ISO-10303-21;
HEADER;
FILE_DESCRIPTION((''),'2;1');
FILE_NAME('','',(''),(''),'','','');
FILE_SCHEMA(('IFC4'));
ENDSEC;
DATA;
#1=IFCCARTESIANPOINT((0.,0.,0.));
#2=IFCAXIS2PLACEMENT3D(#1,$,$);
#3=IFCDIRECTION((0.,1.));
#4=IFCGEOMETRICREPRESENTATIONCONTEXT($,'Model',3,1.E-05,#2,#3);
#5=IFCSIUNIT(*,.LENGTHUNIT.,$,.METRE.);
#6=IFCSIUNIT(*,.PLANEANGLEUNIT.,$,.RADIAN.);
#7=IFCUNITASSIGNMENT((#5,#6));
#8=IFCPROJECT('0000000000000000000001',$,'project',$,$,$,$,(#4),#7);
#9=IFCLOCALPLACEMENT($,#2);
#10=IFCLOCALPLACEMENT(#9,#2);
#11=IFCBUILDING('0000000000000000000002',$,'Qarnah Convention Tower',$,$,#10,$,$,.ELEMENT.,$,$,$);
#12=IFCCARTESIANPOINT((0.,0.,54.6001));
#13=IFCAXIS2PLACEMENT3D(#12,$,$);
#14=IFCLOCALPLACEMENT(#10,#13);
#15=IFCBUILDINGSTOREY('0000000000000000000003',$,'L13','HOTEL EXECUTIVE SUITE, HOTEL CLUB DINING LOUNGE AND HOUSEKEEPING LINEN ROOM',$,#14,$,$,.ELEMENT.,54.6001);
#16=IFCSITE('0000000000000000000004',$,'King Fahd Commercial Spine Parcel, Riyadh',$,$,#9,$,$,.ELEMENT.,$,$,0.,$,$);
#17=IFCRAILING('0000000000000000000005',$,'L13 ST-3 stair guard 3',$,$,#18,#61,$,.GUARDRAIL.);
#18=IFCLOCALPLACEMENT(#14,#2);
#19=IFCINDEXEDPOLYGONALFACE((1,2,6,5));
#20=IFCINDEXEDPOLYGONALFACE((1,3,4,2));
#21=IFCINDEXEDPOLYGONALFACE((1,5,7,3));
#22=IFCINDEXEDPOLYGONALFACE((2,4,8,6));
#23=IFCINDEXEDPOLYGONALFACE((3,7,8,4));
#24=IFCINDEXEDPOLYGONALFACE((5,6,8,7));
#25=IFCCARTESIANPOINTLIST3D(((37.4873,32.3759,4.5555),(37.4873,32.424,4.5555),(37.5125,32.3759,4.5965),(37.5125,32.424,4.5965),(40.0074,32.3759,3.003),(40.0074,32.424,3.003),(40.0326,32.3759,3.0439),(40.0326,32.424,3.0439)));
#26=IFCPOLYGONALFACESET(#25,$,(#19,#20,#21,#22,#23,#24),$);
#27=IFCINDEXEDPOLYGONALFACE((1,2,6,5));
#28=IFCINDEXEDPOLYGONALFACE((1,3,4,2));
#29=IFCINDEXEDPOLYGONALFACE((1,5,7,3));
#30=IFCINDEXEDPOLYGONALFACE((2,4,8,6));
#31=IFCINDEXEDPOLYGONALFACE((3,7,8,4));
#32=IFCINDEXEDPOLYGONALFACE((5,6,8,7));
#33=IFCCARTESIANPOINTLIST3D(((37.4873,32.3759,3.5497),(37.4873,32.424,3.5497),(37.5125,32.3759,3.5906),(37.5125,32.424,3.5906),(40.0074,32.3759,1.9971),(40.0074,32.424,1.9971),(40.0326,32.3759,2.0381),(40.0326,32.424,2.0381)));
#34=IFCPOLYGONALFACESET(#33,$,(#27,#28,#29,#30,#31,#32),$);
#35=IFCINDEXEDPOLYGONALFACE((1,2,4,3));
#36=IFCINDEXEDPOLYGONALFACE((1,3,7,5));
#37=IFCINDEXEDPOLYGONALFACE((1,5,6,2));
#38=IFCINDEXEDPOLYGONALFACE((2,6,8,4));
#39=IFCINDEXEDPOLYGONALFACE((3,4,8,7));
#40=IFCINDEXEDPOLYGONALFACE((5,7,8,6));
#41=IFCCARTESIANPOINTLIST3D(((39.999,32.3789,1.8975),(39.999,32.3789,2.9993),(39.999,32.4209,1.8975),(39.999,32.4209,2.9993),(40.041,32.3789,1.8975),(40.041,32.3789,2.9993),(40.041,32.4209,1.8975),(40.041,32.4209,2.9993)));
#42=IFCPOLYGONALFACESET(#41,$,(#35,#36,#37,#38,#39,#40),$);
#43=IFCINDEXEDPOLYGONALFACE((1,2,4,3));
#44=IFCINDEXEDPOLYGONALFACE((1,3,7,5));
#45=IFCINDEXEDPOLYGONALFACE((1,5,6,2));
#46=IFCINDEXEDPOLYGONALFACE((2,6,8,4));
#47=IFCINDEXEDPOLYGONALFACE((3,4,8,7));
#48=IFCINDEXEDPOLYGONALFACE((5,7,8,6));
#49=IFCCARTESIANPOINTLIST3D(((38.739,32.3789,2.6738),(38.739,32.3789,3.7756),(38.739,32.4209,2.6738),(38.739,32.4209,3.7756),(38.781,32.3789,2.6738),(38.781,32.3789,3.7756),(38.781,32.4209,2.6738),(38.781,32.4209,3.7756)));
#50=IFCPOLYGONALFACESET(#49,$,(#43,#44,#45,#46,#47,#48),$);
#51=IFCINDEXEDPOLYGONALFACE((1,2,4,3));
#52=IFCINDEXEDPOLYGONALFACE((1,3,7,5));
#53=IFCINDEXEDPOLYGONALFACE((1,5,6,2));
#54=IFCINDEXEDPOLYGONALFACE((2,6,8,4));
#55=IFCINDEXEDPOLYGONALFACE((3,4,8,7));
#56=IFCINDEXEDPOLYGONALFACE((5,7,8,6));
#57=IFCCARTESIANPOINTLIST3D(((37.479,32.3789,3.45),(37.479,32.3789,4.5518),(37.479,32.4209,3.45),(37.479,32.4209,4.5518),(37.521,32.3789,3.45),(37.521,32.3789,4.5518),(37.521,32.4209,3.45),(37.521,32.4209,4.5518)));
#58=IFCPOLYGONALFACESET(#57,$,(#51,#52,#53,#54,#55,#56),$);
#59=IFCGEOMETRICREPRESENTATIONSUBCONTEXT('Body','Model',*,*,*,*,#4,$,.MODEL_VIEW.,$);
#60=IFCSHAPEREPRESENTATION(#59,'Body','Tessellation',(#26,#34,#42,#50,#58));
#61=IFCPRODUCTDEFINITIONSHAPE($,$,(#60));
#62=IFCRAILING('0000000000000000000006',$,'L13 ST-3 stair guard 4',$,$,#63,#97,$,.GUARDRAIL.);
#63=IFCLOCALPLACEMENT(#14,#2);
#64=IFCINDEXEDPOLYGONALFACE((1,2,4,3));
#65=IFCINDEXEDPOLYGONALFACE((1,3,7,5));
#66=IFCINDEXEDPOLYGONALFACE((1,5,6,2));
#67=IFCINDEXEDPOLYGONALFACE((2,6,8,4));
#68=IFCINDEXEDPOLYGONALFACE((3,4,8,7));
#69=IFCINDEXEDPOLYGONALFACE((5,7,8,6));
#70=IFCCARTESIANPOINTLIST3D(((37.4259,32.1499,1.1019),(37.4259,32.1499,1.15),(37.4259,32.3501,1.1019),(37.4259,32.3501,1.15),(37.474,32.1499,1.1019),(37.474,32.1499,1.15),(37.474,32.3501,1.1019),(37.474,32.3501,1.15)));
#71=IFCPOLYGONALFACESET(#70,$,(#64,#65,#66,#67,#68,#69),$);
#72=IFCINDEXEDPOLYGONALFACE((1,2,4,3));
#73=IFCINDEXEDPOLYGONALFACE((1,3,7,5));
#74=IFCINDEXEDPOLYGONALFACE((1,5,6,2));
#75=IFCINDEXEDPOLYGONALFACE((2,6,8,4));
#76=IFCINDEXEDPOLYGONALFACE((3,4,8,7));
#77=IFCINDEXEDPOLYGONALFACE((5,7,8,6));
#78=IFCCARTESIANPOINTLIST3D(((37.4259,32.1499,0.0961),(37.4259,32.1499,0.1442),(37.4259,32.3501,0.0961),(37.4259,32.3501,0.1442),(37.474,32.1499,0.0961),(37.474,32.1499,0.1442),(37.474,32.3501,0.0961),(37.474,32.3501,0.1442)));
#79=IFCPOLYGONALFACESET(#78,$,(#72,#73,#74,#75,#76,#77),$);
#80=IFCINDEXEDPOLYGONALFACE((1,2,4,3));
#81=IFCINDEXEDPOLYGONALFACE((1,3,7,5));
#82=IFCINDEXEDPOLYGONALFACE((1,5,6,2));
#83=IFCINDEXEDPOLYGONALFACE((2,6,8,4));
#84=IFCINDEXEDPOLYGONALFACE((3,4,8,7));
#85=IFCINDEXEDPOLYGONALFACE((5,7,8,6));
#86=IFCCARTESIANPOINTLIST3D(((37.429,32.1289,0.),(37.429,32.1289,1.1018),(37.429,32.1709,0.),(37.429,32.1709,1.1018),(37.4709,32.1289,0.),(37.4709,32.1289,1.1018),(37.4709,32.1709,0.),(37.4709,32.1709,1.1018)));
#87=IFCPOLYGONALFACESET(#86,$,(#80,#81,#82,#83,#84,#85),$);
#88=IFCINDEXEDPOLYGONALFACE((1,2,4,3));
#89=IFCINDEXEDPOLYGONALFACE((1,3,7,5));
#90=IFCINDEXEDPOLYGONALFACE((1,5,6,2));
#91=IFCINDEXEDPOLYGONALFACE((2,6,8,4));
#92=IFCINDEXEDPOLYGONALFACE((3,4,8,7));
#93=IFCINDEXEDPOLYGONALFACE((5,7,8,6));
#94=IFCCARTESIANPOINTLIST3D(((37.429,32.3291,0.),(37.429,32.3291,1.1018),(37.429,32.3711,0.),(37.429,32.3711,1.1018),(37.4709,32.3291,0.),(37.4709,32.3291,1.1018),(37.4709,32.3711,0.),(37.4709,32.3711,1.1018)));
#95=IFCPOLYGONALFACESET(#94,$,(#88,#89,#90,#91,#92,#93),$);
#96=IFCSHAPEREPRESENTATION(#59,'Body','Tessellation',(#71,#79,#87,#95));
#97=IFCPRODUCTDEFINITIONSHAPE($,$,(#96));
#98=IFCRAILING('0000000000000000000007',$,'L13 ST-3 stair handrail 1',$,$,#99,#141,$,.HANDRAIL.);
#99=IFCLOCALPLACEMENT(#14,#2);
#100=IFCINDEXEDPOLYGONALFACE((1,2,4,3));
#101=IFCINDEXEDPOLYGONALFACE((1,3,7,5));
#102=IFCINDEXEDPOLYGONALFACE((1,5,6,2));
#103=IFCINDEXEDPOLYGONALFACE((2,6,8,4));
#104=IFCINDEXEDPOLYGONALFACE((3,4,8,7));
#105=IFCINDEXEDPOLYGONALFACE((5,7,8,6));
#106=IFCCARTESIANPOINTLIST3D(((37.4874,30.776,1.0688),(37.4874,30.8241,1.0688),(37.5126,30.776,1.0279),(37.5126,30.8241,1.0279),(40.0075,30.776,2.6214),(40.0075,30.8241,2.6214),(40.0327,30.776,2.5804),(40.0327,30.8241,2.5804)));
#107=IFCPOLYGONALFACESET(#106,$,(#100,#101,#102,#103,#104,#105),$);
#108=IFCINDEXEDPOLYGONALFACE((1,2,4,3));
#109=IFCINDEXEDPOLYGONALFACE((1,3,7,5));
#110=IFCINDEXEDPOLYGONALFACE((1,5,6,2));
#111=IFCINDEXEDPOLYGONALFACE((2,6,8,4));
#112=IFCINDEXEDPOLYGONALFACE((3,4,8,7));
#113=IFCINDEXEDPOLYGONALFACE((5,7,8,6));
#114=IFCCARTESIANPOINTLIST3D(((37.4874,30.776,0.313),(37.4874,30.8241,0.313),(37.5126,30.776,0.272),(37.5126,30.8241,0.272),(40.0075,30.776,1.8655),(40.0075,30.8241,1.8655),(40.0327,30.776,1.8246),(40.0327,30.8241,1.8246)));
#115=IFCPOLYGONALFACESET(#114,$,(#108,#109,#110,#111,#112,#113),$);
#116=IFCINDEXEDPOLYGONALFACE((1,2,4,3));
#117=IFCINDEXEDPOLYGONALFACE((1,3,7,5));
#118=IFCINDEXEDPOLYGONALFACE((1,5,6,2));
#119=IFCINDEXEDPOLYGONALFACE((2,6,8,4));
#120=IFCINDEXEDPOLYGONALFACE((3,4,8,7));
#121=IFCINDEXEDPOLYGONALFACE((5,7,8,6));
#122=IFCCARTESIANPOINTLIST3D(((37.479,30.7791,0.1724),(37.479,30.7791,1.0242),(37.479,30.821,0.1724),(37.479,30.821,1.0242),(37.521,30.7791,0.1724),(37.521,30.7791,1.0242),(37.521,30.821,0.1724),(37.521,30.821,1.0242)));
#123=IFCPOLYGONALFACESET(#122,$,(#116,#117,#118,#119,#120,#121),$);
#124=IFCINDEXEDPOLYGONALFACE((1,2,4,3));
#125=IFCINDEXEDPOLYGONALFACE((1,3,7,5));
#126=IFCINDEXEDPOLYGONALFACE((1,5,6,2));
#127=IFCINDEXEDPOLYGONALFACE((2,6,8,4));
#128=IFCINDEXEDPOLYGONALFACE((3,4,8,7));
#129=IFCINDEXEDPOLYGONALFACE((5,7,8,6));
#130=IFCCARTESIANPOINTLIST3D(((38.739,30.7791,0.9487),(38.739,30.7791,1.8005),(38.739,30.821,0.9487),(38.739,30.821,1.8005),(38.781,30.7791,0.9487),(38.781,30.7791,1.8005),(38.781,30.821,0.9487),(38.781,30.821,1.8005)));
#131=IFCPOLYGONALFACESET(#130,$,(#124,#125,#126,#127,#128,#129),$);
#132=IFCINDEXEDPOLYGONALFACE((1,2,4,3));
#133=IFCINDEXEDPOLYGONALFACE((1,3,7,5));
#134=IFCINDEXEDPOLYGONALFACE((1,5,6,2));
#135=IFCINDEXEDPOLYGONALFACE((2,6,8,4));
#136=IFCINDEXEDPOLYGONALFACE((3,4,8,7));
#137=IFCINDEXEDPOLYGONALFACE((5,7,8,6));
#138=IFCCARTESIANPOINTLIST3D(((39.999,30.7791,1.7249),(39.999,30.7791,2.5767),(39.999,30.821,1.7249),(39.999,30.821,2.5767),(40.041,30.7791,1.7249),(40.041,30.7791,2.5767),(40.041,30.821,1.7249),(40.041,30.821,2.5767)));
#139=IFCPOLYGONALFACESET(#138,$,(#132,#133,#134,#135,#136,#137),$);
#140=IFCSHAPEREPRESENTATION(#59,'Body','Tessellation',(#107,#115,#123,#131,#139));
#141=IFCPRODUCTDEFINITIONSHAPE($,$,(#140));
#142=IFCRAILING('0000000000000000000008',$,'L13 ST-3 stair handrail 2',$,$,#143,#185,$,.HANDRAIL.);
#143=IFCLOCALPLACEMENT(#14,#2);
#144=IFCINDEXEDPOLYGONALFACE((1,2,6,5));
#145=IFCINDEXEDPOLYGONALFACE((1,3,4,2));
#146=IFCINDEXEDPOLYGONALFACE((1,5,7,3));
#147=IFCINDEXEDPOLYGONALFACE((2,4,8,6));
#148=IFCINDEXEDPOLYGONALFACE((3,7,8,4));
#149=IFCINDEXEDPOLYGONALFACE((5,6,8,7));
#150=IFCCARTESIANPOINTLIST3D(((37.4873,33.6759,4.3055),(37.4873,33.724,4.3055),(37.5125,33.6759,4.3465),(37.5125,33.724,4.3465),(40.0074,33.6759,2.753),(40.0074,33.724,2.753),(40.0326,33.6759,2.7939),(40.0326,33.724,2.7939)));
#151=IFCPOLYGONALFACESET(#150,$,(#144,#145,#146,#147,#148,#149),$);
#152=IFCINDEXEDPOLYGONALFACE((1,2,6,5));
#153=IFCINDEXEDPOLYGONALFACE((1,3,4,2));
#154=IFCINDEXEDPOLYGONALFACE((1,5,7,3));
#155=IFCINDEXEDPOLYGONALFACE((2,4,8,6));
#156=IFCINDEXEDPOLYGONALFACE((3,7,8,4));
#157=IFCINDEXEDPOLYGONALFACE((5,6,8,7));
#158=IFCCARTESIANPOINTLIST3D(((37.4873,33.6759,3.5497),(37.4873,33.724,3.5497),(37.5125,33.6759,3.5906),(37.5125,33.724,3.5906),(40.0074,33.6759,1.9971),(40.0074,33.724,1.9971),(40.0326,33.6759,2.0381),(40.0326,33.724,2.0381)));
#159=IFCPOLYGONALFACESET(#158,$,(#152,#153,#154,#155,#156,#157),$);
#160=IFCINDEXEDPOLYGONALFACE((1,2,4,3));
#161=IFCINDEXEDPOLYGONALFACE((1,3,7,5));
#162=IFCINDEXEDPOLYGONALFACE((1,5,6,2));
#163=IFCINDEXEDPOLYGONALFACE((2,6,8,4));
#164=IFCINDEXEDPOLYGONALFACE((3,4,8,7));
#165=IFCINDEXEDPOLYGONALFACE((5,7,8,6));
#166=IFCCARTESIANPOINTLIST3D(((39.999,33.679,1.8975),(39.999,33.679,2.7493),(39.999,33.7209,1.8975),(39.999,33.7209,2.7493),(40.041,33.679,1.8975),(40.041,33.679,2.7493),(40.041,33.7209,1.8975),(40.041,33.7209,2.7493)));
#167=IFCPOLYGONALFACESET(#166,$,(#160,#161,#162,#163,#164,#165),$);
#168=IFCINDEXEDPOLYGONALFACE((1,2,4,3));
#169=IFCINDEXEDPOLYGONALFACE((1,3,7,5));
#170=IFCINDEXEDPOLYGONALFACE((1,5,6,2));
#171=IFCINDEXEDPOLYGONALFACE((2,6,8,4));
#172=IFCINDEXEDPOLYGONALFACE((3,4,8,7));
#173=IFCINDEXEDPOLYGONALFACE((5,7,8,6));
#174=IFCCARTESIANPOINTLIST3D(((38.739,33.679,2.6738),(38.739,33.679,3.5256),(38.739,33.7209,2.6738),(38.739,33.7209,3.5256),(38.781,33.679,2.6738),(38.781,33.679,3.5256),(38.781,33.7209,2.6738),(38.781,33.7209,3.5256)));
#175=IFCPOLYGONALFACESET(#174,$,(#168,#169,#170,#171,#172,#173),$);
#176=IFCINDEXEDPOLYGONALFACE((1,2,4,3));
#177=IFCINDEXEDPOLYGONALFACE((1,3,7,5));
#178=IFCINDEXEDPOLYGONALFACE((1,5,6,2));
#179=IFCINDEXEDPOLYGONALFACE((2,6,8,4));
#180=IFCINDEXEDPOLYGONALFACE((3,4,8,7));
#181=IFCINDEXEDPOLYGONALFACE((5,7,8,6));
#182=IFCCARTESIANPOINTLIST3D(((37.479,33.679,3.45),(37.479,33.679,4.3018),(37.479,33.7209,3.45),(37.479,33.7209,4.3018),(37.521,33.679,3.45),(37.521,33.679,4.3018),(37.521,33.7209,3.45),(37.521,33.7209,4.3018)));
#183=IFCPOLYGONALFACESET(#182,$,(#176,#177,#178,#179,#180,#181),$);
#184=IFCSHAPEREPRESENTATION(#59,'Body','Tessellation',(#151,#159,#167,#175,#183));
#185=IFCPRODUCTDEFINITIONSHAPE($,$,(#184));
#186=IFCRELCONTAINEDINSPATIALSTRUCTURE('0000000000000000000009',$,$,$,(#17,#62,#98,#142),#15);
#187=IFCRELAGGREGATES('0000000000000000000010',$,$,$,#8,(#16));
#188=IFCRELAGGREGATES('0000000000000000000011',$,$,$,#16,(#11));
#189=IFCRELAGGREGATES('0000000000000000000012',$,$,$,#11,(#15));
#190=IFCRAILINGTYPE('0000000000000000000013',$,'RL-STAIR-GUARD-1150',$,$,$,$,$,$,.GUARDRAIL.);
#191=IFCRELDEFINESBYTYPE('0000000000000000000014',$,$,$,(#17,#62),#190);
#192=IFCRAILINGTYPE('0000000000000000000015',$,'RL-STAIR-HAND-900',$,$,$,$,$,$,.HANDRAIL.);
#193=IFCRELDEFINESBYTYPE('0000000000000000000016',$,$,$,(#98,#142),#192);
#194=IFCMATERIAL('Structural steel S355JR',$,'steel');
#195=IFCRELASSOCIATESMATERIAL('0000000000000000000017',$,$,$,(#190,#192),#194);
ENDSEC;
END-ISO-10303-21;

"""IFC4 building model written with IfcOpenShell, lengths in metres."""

from ifc_helpers import new_model, si_unit, direction, frame, origin, origin_2d, place, context, subcontext, project, spatial, rectangle, extrude, material, type_object, element, save


model = new_model("IFC4")

# Units and contexts
model_context = context("Model", 3, precision=1e-05, world=origin(), true_north=direction((0.0, 1.0)))
body_context = subcontext(model_context, "Body", "Model", "MODEL_VIEW")
ifc_project = project(units=[si_unit("LENGTHUNIT", "METRE"), si_unit("PLANEANGLEUNIT", "RADIAN")], contexts=[model_context])

# Site, building, storey
site_placement = place(None, origin())
site = spatial("IfcSite", under=ifc_project, at=site_placement, Name="King Fahd Commercial Spine Parcel, Riyadh", CompositionType="ELEMENT", RefElevation=0.0)
building_placement = place(site_placement, origin())
building = spatial("IfcBuilding", under=site, at=building_placement, Name="Qarnah Convention Tower", CompositionType="ELEMENT")
storey_placement = place(building_placement, frame((0.0, 0.0, 54.6001)))
storey = spatial("IfcBuildingStorey", under=building, at=storey_placement, Name="L13", Description="HOTEL EXECUTIVE SUITE, HOTEL CLUB DINING LOUNGE AND HOUSEKEEPING LINEN ROOM", CompositionType="ELEMENT", Elevation=54.6001)

# Shared definitions
ifc_material_1 = material(Name="Structural steel S355JR", Category="steel")

# Railings
railing_type_1 = type_object("IfcRailingType", Name="RL-STAIR-GUARD-1150", PredefinedType="GUARDRAIL", material=ifc_material_1)
railing_1_placement = place(storey_placement, frame((40.02, 32.3999, 1.8975)))
element("IfcRailing", 1, at=railing_1_placement, inside=storey, type_object=railing_type_1, Name="L13 ST-3 stair guard 3", PredefinedType="GUARDRAIL", context=body_context, shape_type="SweptSolid", body=[
    extrude(rectangle(XDim=0.0481, YDim=0.0481, at=origin_2d()), frame((0.0, 0.0, 1.126), z_axis=(-0.8514, 0.0, 0.524516), x_axis=(0.0, -1.0, 0.0)), (0.0, 0.0, 1.0), 2.96),
    extrude(rectangle(XDim=0.0481, YDim=0.0481, at=origin_2d()), frame((0.0, 0.0, 0.1201), z_axis=(-0.8514, 0.0, 0.524516), x_axis=(0.0, -1.0, 0.0)), (0.0, 0.0, 1.0), 2.96),
    extrude(rectangle(XDim=0.042, YDim=0.042, at=origin_2d()), origin(), (0.0, 0.0, 1.0), 1.1018),
    extrude(rectangle(XDim=0.042, YDim=0.042, at=origin_2d()), frame((-1.26, 0.0, 0.7764)), (0.0, 0.0, 1.0), 1.1018),
    extrude(rectangle(XDim=0.042, YDim=0.042, at=origin_2d()), frame((-2.52, 0.0, 1.5525)), (0.0, 0.0, 1.0), 1.1018),
])
railing_2_placement = place(storey_placement, frame((37.45, 32.1499, 0.0)))
element("IfcRailing", 2, at=railing_2_placement, inside=storey, type_object=railing_type_1, Name="L13 ST-3 stair guard 4", PredefinedType="GUARDRAIL", context=body_context, shape_type="SweptSolid", body=[
    extrude(rectangle(XDim=0.0481, YDim=0.0481, at=origin_2d()), frame((0.0, 0.0, 1.126), z_axis=(0.0, 1.0, 0.0), x_axis=(-1.0, 0.0, 0.0)), (0.0, 0.0, 1.0), 0.2002),
    extrude(rectangle(XDim=0.0481, YDim=0.0481, at=origin_2d()), frame((0.0, 0.0, 0.1201), z_axis=(0.0, 1.0, 0.0), x_axis=(-1.0, 0.0, 0.0)), (0.0, 0.0, 1.0), 0.2002),
    extrude(rectangle(XDim=0.042, YDim=0.042, at=origin_2d()), origin(), (0.0, 0.0, 1.0), 1.1018),
    extrude(rectangle(XDim=0.042, YDim=0.042, at=origin_2d()), frame((0.0, 0.2002, 0.0)), (0.0, 0.0, 1.0), 1.1018),
])
railing_type_2 = type_object("IfcRailingType", Name="RL-STAIR-HAND-900", PredefinedType="HANDRAIL", material=ifc_material_1)
railing_3_placement = place(storey_placement, frame((37.5, 30.8, 0.1724)))
element("IfcRailing", 3, at=railing_3_placement, inside=storey, type_object=railing_type_2, Name="L13 ST-3 stair handrail 1", PredefinedType="HANDRAIL", context=body_context, shape_type="SweptSolid", body=[
    extrude(rectangle(XDim=0.0481, YDim=0.0481, at=origin_2d()), frame((0.0, 0.0, 0.876), z_axis=(0.8514, 0.0, 0.524516), x_axis=(0.0, 1.0, 0.0)), (0.0, 0.0, 1.0), 2.96),
    extrude(rectangle(XDim=0.0481, YDim=0.0481, at=origin_2d()), frame((0.0, 0.0, 0.1201), z_axis=(0.8514, 0.0, 0.524516), x_axis=(0.0, 1.0, 0.0)), (0.0, 0.0, 1.0), 2.96),
    extrude(rectangle(XDim=0.042, YDim=0.042, at=origin_2d()), origin(), (0.0, 0.0, 1.0), 0.8518),
    extrude(rectangle(XDim=0.042, YDim=0.042, at=origin_2d()), frame((1.26, 0.0, 0.7764)), (0.0, 0.0, 1.0), 0.8518),
    extrude(rectangle(XDim=0.042, YDim=0.042, at=origin_2d()), frame((2.52, 0.0, 1.5525)), (0.0, 0.0, 1.0), 0.8518),
])
railing_4_placement = place(storey_placement, frame((40.02, 33.7, 1.8975)))
element("IfcRailing", 4, at=railing_4_placement, inside=storey, type_object=railing_type_2, Name="L13 ST-3 stair handrail 2", PredefinedType="HANDRAIL", context=body_context, shape_type="SweptSolid", body=[
    extrude(rectangle(XDim=0.0481, YDim=0.0481, at=origin_2d()), frame((0.0, 0.0, 0.876), z_axis=(-0.8514, 0.0, 0.524516), x_axis=(0.0, -1.0, 0.0)), (0.0, 0.0, 1.0), 2.96),
    extrude(rectangle(XDim=0.0481, YDim=0.0481, at=origin_2d()), frame((0.0, 0.0, 0.1201), z_axis=(-0.8514, 0.0, 0.524516), x_axis=(0.0, -1.0, 0.0)), (0.0, 0.0, 1.0), 2.96),
    extrude(rectangle(XDim=0.042, YDim=0.042, at=origin_2d()), origin(), (0.0, 0.0, 1.0), 0.8518),
    extrude(rectangle(XDim=0.042, YDim=0.042, at=origin_2d()), frame((-1.26, 0.0, 0.7764)), (0.0, 0.0, 1.0), 0.8518),
    extrude(rectangle(XDim=0.042, YDim=0.042, at=origin_2d()), frame((-2.52, 0.0, 1.5525)), (0.0, 0.0, 1.0), 0.8518),
])

save(model, "model.ifc")
